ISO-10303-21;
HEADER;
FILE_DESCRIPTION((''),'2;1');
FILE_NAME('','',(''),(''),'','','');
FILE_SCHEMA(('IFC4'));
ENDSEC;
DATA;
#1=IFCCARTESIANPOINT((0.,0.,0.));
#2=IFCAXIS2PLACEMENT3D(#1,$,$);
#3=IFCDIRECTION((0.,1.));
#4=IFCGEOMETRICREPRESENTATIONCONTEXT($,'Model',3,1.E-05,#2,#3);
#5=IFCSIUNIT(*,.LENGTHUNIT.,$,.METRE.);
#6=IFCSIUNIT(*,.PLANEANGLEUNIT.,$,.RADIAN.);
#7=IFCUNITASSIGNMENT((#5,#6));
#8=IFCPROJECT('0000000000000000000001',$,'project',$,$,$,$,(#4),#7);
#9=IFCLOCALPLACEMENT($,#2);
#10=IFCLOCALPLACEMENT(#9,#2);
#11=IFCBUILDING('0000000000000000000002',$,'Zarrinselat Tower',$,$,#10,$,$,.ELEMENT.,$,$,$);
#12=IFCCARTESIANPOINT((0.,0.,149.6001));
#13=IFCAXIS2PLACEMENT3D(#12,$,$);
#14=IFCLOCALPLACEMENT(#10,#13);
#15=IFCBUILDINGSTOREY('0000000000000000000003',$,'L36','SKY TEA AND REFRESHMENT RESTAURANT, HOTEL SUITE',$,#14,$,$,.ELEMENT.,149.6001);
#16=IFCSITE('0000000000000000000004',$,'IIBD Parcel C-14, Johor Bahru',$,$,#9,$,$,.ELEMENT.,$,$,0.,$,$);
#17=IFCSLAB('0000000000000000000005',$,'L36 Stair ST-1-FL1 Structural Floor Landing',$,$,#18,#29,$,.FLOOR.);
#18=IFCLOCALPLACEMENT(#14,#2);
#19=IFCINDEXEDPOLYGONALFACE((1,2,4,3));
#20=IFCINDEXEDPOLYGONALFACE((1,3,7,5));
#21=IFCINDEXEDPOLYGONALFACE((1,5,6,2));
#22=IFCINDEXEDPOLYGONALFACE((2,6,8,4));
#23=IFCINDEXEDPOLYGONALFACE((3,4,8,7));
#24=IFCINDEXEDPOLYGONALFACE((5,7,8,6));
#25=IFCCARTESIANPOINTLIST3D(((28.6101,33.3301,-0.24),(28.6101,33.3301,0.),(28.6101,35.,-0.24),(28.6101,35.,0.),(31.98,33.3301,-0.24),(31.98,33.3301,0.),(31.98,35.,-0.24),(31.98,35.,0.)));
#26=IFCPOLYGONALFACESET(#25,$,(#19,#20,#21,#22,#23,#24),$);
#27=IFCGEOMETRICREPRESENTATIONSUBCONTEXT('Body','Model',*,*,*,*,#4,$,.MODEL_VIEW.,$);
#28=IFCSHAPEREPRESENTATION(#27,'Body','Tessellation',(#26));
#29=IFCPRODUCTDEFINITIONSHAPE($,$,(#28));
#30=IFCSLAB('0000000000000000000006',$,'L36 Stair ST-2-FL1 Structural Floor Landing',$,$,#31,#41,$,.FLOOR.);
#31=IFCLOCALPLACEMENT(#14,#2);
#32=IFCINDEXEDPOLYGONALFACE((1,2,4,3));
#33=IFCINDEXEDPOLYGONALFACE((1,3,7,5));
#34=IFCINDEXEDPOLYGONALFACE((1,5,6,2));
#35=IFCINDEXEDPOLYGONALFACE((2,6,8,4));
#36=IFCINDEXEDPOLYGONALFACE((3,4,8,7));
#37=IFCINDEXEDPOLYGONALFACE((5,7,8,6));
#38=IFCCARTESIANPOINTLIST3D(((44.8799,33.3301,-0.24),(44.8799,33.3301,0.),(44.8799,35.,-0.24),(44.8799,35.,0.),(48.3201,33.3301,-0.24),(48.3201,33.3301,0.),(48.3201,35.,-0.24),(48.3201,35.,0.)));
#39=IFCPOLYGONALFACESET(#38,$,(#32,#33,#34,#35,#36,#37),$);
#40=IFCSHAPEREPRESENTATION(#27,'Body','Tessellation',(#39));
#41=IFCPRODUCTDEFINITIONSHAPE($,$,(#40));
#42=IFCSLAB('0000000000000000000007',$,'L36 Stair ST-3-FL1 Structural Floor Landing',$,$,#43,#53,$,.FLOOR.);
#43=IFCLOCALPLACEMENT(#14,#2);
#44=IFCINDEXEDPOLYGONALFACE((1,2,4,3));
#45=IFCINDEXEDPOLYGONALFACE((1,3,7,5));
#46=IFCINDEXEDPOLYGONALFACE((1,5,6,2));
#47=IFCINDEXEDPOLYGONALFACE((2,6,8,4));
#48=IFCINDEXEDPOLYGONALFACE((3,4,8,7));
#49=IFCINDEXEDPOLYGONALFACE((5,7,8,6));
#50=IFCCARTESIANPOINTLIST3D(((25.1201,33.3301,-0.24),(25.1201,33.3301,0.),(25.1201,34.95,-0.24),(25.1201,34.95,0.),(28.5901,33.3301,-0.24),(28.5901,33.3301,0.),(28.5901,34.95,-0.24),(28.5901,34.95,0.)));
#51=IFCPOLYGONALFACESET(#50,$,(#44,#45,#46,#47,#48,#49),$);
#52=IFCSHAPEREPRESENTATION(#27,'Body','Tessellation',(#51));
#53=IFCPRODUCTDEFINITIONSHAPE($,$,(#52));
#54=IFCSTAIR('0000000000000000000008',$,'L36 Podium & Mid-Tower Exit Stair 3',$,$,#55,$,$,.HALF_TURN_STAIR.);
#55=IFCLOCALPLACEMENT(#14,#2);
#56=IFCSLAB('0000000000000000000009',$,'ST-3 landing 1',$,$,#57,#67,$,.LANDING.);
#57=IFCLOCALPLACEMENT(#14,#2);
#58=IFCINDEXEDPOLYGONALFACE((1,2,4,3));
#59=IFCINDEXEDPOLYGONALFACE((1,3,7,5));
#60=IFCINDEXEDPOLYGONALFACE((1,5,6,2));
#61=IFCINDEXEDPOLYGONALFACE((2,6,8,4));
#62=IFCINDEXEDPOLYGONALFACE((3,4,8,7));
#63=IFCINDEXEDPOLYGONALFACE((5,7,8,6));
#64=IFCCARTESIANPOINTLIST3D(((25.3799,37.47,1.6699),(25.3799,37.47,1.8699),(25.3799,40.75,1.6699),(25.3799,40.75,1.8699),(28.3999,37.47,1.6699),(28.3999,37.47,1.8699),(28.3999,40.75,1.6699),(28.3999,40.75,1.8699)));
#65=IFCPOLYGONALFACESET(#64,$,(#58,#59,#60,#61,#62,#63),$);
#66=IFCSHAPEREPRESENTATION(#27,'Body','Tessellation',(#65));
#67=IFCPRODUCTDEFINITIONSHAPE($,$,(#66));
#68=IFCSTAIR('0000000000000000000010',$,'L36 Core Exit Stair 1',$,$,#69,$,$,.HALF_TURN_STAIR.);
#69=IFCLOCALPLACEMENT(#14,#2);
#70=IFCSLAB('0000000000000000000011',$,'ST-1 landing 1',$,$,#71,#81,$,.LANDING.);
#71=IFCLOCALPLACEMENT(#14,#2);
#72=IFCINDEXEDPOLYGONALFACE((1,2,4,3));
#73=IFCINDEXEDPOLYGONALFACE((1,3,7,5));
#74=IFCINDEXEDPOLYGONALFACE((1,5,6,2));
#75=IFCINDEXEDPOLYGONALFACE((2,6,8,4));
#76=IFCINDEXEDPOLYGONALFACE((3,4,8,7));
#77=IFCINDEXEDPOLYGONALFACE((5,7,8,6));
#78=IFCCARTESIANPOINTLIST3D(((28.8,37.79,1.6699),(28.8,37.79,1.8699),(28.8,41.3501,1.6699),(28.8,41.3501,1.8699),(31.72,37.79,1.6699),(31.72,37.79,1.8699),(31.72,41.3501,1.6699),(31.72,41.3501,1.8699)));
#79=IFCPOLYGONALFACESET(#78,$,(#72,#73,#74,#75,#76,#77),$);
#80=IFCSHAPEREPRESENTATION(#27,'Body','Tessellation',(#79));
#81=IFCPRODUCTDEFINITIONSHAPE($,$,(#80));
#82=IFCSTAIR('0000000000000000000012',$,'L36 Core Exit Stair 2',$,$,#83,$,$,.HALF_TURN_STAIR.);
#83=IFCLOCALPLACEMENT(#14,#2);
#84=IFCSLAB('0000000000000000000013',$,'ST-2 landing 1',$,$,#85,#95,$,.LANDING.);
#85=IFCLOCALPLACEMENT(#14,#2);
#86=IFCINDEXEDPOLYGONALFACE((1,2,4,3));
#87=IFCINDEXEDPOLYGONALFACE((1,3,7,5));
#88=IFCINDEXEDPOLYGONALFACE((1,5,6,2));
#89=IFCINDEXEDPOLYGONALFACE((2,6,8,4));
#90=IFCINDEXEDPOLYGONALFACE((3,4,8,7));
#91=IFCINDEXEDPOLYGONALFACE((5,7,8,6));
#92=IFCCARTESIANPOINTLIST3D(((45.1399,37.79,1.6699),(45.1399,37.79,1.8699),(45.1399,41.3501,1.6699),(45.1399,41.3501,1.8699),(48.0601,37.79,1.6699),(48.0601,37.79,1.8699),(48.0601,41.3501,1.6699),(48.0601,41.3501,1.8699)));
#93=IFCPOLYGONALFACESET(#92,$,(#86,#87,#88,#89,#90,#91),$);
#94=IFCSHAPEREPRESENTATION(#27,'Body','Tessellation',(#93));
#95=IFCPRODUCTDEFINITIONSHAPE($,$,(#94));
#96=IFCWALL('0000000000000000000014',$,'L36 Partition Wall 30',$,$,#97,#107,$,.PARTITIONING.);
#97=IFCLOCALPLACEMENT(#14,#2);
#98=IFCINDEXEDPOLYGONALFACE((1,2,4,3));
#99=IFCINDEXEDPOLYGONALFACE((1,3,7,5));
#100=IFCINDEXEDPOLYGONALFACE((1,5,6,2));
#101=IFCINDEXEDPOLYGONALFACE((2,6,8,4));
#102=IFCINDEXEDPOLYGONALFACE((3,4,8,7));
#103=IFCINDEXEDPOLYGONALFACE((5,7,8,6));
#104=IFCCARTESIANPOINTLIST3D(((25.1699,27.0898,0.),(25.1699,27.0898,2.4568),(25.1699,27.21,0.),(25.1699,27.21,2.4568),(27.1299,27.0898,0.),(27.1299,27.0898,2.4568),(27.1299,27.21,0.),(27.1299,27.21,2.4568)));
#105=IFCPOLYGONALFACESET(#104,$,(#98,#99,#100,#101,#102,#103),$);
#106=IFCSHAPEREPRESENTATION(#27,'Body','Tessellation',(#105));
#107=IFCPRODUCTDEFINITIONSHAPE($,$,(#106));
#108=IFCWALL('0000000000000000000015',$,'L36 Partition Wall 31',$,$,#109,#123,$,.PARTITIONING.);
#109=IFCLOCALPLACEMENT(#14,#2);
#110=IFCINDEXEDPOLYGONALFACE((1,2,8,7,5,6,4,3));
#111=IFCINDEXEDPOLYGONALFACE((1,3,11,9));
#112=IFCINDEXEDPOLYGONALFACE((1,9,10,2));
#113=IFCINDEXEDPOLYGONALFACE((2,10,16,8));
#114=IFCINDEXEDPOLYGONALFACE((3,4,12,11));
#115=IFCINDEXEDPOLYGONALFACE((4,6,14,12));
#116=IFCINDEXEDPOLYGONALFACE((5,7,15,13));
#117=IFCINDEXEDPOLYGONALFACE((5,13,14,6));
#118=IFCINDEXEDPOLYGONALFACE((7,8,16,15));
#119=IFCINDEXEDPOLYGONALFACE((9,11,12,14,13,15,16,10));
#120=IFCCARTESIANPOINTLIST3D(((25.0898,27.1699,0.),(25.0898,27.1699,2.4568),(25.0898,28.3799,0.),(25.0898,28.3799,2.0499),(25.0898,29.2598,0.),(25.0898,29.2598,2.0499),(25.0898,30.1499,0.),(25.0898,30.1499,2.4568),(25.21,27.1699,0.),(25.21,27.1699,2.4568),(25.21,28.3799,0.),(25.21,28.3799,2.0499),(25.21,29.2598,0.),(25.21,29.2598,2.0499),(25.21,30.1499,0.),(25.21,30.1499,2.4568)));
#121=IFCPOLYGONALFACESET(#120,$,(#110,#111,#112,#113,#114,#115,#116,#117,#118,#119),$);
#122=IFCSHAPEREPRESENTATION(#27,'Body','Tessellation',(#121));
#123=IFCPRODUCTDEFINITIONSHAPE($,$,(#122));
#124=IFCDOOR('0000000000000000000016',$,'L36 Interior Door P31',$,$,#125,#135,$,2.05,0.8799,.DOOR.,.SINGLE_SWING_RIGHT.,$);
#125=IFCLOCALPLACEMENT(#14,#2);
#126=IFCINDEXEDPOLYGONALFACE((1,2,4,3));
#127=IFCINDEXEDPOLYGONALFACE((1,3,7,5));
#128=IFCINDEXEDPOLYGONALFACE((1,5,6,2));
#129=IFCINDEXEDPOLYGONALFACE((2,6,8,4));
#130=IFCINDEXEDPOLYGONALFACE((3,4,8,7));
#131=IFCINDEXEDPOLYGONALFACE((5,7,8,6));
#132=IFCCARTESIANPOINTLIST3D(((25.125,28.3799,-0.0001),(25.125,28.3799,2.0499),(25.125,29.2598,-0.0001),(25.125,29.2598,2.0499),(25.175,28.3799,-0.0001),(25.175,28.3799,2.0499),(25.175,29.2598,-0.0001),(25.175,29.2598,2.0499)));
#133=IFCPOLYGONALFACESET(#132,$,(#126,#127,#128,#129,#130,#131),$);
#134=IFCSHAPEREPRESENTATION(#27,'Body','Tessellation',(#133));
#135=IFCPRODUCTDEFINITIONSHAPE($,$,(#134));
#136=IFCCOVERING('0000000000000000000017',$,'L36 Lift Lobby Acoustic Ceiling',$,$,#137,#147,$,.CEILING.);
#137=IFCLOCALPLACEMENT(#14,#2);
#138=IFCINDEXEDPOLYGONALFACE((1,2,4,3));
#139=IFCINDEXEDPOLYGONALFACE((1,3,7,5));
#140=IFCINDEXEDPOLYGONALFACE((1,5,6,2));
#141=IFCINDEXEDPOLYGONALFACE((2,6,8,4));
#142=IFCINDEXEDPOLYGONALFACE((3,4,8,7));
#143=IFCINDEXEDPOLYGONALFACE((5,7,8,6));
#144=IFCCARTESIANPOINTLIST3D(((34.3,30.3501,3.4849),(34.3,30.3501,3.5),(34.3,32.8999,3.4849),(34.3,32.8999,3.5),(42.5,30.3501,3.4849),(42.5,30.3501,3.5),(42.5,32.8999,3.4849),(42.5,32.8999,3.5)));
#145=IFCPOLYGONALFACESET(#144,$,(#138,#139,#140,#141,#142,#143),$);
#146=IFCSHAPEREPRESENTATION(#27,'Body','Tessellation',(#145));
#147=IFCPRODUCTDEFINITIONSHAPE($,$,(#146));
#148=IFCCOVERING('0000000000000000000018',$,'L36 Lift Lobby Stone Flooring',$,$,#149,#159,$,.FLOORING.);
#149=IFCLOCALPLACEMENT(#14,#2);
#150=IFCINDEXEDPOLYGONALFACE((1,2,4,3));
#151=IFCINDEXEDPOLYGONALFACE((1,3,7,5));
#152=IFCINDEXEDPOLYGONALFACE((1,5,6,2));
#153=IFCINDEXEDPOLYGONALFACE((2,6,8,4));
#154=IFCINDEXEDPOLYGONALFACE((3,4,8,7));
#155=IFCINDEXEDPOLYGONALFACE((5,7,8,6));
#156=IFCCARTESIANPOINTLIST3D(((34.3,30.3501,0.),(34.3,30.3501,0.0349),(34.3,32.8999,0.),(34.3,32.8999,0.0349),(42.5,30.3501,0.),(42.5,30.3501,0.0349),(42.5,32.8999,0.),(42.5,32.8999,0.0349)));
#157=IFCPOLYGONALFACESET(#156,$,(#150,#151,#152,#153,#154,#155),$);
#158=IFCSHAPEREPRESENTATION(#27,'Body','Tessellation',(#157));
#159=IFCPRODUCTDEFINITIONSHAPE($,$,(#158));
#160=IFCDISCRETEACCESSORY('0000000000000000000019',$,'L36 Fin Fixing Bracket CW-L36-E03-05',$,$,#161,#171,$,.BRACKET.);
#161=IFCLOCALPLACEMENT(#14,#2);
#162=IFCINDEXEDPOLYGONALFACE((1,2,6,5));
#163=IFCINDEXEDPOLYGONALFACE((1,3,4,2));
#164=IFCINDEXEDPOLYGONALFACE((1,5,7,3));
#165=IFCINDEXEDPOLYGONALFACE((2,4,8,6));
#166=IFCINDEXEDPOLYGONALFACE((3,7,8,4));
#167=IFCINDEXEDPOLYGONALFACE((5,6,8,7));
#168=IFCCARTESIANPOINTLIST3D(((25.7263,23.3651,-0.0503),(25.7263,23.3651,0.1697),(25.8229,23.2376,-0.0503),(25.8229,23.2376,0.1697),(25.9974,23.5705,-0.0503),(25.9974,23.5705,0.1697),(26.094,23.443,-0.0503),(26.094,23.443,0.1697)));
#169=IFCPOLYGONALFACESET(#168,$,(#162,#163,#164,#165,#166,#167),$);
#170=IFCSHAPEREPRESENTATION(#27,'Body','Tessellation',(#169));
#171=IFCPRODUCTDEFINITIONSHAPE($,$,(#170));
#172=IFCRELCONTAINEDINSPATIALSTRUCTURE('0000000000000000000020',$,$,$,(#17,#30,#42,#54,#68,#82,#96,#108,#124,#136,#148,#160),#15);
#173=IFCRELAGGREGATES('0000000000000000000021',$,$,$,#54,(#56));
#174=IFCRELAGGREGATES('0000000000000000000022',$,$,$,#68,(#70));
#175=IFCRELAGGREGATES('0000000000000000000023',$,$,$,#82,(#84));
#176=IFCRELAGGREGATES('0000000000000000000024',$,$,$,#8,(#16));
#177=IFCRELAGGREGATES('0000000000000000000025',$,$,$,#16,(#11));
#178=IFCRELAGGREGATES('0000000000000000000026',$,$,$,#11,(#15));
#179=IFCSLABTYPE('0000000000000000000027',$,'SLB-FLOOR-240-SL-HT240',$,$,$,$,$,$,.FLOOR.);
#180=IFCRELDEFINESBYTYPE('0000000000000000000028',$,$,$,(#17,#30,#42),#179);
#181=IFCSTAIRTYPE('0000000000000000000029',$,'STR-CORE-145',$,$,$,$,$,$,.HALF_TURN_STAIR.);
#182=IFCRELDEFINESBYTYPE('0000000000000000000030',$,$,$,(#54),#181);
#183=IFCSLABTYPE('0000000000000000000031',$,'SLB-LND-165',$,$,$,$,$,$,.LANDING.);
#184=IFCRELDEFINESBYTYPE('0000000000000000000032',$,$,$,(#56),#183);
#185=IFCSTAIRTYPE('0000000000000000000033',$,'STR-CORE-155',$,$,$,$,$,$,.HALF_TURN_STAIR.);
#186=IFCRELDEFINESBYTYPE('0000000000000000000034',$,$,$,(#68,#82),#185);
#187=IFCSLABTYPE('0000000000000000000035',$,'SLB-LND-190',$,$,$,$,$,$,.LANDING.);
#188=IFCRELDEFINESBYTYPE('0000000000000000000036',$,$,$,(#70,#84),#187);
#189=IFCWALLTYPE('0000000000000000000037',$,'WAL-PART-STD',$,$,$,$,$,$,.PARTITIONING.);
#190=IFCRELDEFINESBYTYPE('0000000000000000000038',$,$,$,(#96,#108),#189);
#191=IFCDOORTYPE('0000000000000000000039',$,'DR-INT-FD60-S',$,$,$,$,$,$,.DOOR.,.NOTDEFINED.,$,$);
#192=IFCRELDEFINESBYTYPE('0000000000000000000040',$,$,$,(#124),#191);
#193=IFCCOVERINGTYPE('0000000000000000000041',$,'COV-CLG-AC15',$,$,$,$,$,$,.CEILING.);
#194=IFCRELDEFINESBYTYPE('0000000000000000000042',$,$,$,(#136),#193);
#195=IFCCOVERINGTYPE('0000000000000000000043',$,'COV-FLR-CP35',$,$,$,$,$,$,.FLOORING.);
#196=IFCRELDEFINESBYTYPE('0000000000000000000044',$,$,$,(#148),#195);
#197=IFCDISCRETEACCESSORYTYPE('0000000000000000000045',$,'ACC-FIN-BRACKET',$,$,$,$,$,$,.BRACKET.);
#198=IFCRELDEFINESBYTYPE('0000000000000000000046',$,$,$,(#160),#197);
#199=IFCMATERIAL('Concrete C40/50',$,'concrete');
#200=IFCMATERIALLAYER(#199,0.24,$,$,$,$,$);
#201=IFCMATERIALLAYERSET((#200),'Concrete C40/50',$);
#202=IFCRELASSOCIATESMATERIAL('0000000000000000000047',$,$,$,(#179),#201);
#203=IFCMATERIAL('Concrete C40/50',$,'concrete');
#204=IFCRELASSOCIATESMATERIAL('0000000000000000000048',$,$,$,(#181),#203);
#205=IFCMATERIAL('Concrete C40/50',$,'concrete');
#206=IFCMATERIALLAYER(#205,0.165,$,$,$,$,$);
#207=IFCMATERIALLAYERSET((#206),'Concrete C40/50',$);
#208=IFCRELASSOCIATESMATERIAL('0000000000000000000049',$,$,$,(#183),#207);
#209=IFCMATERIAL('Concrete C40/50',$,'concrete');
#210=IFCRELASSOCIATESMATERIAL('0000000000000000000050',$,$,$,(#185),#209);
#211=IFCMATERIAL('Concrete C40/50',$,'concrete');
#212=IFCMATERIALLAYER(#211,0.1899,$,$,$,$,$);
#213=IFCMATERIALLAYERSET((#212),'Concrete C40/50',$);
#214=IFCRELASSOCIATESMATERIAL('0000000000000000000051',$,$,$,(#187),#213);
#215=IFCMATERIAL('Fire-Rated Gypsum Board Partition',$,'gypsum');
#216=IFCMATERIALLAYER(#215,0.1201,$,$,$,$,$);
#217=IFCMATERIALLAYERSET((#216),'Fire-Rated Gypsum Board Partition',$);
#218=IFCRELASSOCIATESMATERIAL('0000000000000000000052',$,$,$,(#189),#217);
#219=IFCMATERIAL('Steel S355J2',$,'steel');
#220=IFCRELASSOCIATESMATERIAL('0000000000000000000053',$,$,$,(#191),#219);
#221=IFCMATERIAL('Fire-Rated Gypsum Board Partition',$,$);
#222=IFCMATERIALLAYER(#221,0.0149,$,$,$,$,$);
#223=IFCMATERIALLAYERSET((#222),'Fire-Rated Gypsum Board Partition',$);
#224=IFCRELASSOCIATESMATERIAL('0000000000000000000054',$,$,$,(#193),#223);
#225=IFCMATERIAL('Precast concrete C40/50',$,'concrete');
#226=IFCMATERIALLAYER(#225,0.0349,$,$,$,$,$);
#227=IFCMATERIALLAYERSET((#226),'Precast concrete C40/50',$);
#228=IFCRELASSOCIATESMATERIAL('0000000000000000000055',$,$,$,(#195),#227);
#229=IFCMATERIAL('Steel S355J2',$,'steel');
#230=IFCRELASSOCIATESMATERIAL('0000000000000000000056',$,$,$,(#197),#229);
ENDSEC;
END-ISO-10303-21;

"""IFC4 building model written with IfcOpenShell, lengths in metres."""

from ifc_helpers import new_model, si_unit, direction, frame, frame_2d, origin, origin_2d, place, context, subcontext, project, spatial, polyline, rectangle, outline, extrude, material, layer, layer_set, type_object, element, fill, aggregate, save


model = new_model("IFC4")

# Units and contexts
model_context = context("Model", 3, precision=1e-05, world=origin(), true_north=direction((0.0, 1.0)))
body_context = subcontext(model_context, "Body", "Model", "MODEL_VIEW")
ifc_project = project(units=[si_unit("LENGTHUNIT", "METRE"), si_unit("PLANEANGLEUNIT", "RADIAN")], contexts=[model_context])

# Site, building, storey
site_placement = place(None, origin())
site = spatial("IfcSite", under=ifc_project, at=site_placement, Name="IIBD Parcel C-14, Johor Bahru", CompositionType="ELEMENT", RefElevation=0.0)
building_placement = place(site_placement, origin())
building = spatial("IfcBuilding", under=site, at=building_placement, Name="Zarrinselat Tower", CompositionType="ELEMENT")
storey_placement = place(building_placement, frame((0.0, 0.0, 149.6001)))
storey = spatial("IfcBuildingStorey", under=building, at=storey_placement, Name="L36", Description="SKY TEA AND REFRESHMENT RESTAURANT, HOTEL SUITE", CompositionType="ELEMENT", Elevation=149.6001)

# Slabs
ifc_material_1 = material(Name="Concrete C40/50", Category="concrete")
ifc_layer_1 = layer(ifc_material_1, 0.24)
ifc_layer_set_1 = layer_set([ifc_layer_1], Name="Concrete C40/50")
slab_type_1 = type_object("IfcSlabType", Name="SLB-FLOOR-240-SL-HT240", PredefinedType="FLOOR", material=ifc_layer_set_1)
slab_1_placement = place(storey_placement, frame((0.0, 0.0, -0.24)))
element("IfcSlab", 1, at=slab_1_placement, inside=storey, type_object=slab_type_1, Name="L36 Stair ST-1-FL1 Structural Floor Landing", PredefinedType="FLOOR", context=body_context, shape_type="SweptSolid", body=[
    extrude(outline(polyline([(31.98, 33.3301), (31.98, 35.0), (28.6101, 35.0), (28.6101, 33.3301), (31.98, 33.3301)])), origin(), (0.0, 0.0, 1.0), 0.24),
])
slab_2_placement = place(storey_placement, frame((0.0, 0.0, -0.24)))
element("IfcSlab", 2, at=slab_2_placement, inside=storey, type_object=slab_type_1, Name="L36 Stair ST-2-FL1 Structural Floor Landing", PredefinedType="FLOOR", context=body_context, shape_type="SweptSolid", body=[
    extrude(outline(polyline([(48.3201, 33.3301), (48.3201, 35.0), (44.8799, 35.0), (44.8799, 33.3301), (48.3201, 33.3301)])), origin(), (0.0, 0.0, 1.0), 0.24),
])
slab_3_placement = place(storey_placement, frame((0.0, 0.0, -0.24)))
element("IfcSlab", 3, at=slab_3_placement, inside=storey, type_object=slab_type_1, Name="L36 Stair ST-3-FL1 Structural Floor Landing", PredefinedType="FLOOR", context=body_context, shape_type="SweptSolid", body=[
    extrude(outline(polyline([(28.5901, 33.3301), (28.5901, 34.95), (25.1201, 34.95), (25.1201, 33.3301), (28.5901, 33.3301)])), origin(), (0.0, 0.0, 1.0), 0.24),
])

# Stairs, slabs
ifc_material_2 = material(Name="Concrete C40/50", Category="concrete")
stair_type_1 = type_object("IfcStairType", Name="STR-CORE-145", PredefinedType="HALF_TURN_STAIR", material=ifc_material_2)
stair_1_placement = place(storey_placement, origin())
stair_1 = element("IfcStair", 4, at=stair_1_placement, inside=storey, type_object=stair_type_1, Name="L36 Podium & Mid-Tower Exit Stair 3", PredefinedType="HALF_TURN_STAIR")
ifc_material_3 = material(Name="Concrete C40/50", Category="concrete")
ifc_layer_2 = layer(ifc_material_3, 0.165)
ifc_layer_set_2 = layer_set([ifc_layer_2], Name="Concrete C40/50")
slab_type_2 = type_object("IfcSlabType", Name="SLB-LND-165", PredefinedType="LANDING", material=ifc_layer_set_2)
slab_4_placement = place(storey_placement, frame((0.0, 0.0, 1.6699)))
slab_4 = element("IfcSlab", 5, at=slab_4_placement, type_object=slab_type_2, Name="ST-3 landing 1", PredefinedType="LANDING", context=body_context, shape_type="SweptSolid", body=[
    extrude(outline(polyline([(28.3999, 37.47), (28.3999, 40.75), (25.3799, 40.75), (25.3799, 37.47), (28.3999, 37.47)])), origin(), (0.0, 0.0, 1.0), 0.2),
])
aggregate(stair_1, [slab_4])
ifc_material_4 = material(Name="Concrete C40/50", Category="concrete")
stair_type_2 = type_object("IfcStairType", Name="STR-CORE-155", PredefinedType="HALF_TURN_STAIR", material=ifc_material_4)
stair_2_placement = place(storey_placement, origin())
stair_2 = element("IfcStair", 6, at=stair_2_placement, inside=storey, type_object=stair_type_2, Name="L36 Core Exit Stair 1", PredefinedType="HALF_TURN_STAIR")
ifc_material_5 = material(Name="Concrete C40/50", Category="concrete")
ifc_layer_3 = layer(ifc_material_5, 0.1899)
ifc_layer_set_3 = layer_set([ifc_layer_3], Name="Concrete C40/50")
slab_type_3 = type_object("IfcSlabType", Name="SLB-LND-190", PredefinedType="LANDING", material=ifc_layer_set_3)
slab_5_placement = place(storey_placement, frame((0.0, 0.0, 1.6699)))
slab_5 = element("IfcSlab", 7, at=slab_5_placement, type_object=slab_type_3, Name="ST-1 landing 1", PredefinedType="LANDING", context=body_context, shape_type="SweptSolid", body=[
    extrude(outline(polyline([(31.72, 37.79), (31.72, 41.3501), (28.8, 41.3501), (28.8, 37.79), (31.72, 37.79)])), origin(), (0.0, 0.0, 1.0), 0.2),
])
aggregate(stair_2, [slab_5])
stair_3_placement = place(storey_placement, origin())
stair_3 = element("IfcStair", 8, at=stair_3_placement, inside=storey, type_object=stair_type_2, Name="L36 Core Exit Stair 2", PredefinedType="HALF_TURN_STAIR")
slab_6_placement = place(storey_placement, frame((0.0, 0.0, 1.6699)))
slab_6 = element("IfcSlab", 9, at=slab_6_placement, type_object=slab_type_3, Name="ST-2 landing 1", PredefinedType="LANDING", context=body_context, shape_type="SweptSolid", body=[
    extrude(outline(polyline([(48.0601, 37.79), (48.0601, 41.3501), (45.1399, 41.3501), (45.1399, 37.79), (48.0601, 37.79)])), origin(), (0.0, 0.0, 1.0), 0.2),
])
aggregate(stair_3, [slab_6])

# Wall
ifc_material_6 = material(Name="Fire-Rated Gypsum Board Partition", Category="gypsum")
ifc_layer_4 = layer(ifc_material_6, 0.1201)
ifc_layer_set_4 = layer_set([ifc_layer_4], Name="Fire-Rated Gypsum Board Partition")
wall_type = type_object("IfcWallType", Name="WAL-PART-STD", PredefinedType="PARTITIONING", material=ifc_layer_set_4)
wall_1_placement = place(storey_placement, frame((25.1699, 27.1499, 0.0), z_axis=(0.0, 0.0, 1.0), x_axis=(1.0, 0.0, 0.0)))
element("IfcWall", 10, at=wall_1_placement, inside=storey, type_object=wall_type, Name="L36 Partition Wall 30", PredefinedType="PARTITIONING", context=body_context, shape_type="SweptSolid", body=[
    extrude(rectangle(XDim=1.96, YDim=0.1201, at=frame_2d((0.98, 0.0))), origin(), (0.0, 0.0, 1.0), 2.4568),
])

# Wall, opening, door
wall_2_placement = place(storey_placement, frame((25.1499, 27.1699, 0.0), z_axis=(0.0, 0.0, 1.0), x_axis=(0.0, 1.0, 0.0)))
wall_2 = element("IfcWall", 11, at=wall_2_placement, inside=storey, type_object=wall_type, Name="L36 Partition Wall 31", PredefinedType="PARTITIONING", context=body_context, shape_type="SweptSolid", body=[
    extrude(rectangle(XDim=2.98, YDim=0.1201, at=frame_2d((1.49, 0.0))), origin(), (0.0, 0.0, 1.0), 2.4568),
])
opening_placement = place(wall_2_placement, frame((1.21, 0.0, 0.0)))
opening = element("IfcOpeningElement", 12, at=opening_placement, cuts=wall_2, PredefinedType="OPENING", context=body_context, shape_type="SweptSolid", body=[
    extrude(rectangle(XDim=0.8799, YDim=2.05, at=frame_2d((0.4399, 1.0249))), frame((0.0, 0.0701, 0.0), z_axis=(0.0, -1.0, 0.0), x_axis=(1.0, 0.0, 0.0)), (0.0, 0.0, 1.0), 0.1401),
])
ifc_material_7 = material(Name="Steel S355J2", Category="steel")
door_type = type_object("IfcDoorType", Name="DR-INT-FD60-S", OperationType="NOTDEFINED", PredefinedType="DOOR", material=ifc_material_7)
door_placement = place(opening_placement, origin())
door = element("IfcDoor", 13, at=door_placement, inside=storey, type_object=door_type, Name="L36 Interior Door P31", OperationType="SINGLE_SWING_RIGHT", OverallHeight=2.05, OverallWidth=0.8799, PredefinedType="DOOR", context=body_context, shape_type="SweptSolid", body=[
    extrude(rectangle(XDim=0.8799, YDim=2.05, at=frame_2d((0.4399, 1.0249))), frame((0.0, 0.0249, 0.0), z_axis=(0.0, -1.0, 0.0), x_axis=(1.0, 0.0, 0.0)), (0.0, 0.0, 1.0), 0.05),
])
fill(opening, door)

# Coverings
ifc_material_8 = material(Name="Fire-Rated Gypsum Board Partition")
ifc_layer_5 = layer(ifc_material_8, 0.0149)
ifc_layer_set_5 = layer_set([ifc_layer_5], Name="Fire-Rated Gypsum Board Partition")
covering_type_1 = type_object("IfcCoveringType", Name="COV-CLG-AC15", PredefinedType="CEILING", material=ifc_layer_set_5)
covering_1_placement = place(storey_placement, frame((0.0, 0.0, 3.4849)))
element("IfcCovering", 14, at=covering_1_placement, inside=storey, type_object=covering_type_1, Name="L36 Lift Lobby Acoustic Ceiling", PredefinedType="CEILING", context=body_context, shape_type="SweptSolid", body=[
    extrude(outline(polyline([(34.3, 30.3501), (42.5, 30.3501), (42.5, 32.8999), (34.3, 32.8999), (34.3, 30.3501)])), origin(), (0.0, 0.0, 1.0), 0.0151),
])
ifc_material_9 = material(Name="Precast concrete C40/50", Category="concrete")
ifc_layer_6 = layer(ifc_material_9, 0.0349)
ifc_layer_set_6 = layer_set([ifc_layer_6], Name="Precast concrete C40/50")
covering_type_2 = type_object("IfcCoveringType", Name="COV-FLR-CP35", PredefinedType="FLOORING", material=ifc_layer_set_6)
covering_2_placement = place(storey_placement, origin())
element("IfcCovering", 15, at=covering_2_placement, inside=storey, type_object=covering_type_2, Name="L36 Lift Lobby Stone Flooring", PredefinedType="FLOORING", context=body_context, shape_type="SweptSolid", body=[
    extrude(outline(polyline([(34.3, 30.3501), (42.5, 30.3501), (42.5, 32.8999), (34.3, 32.8999), (34.3, 30.3501)])), origin(), (0.0, 0.0, 1.0), 0.0349),
])

# Discrete accessory
ifc_material_10 = material(Name="Steel S355J2", Category="steel")
discrete_accessory_type = type_object("IfcDiscreteAccessoryType", Name="ACC-FIN-BRACKET", PredefinedType="BRACKET", material=ifc_material_10)
discrete_accessory_placement = place(storey_placement, frame((25.9102, 23.4041, -0.0503), z_axis=(0.0, 0.0, 1.0), x_axis=(-0.797093, -0.603857, 0.0)))
element("IfcDiscreteAccessory", 16, at=discrete_accessory_placement, inside=storey, type_object=discrete_accessory_type, Name="L36 Fin Fixing Bracket CW-L36-E03-05", PredefinedType="BRACKET", context=body_context, shape_type="SweptSolid", body=[
    extrude(rectangle(XDim=0.3401, YDim=0.1599, at=origin_2d()), origin(), (0.0, 0.0, 1.0), 0.22),
])

save(model, "model.ifc")
